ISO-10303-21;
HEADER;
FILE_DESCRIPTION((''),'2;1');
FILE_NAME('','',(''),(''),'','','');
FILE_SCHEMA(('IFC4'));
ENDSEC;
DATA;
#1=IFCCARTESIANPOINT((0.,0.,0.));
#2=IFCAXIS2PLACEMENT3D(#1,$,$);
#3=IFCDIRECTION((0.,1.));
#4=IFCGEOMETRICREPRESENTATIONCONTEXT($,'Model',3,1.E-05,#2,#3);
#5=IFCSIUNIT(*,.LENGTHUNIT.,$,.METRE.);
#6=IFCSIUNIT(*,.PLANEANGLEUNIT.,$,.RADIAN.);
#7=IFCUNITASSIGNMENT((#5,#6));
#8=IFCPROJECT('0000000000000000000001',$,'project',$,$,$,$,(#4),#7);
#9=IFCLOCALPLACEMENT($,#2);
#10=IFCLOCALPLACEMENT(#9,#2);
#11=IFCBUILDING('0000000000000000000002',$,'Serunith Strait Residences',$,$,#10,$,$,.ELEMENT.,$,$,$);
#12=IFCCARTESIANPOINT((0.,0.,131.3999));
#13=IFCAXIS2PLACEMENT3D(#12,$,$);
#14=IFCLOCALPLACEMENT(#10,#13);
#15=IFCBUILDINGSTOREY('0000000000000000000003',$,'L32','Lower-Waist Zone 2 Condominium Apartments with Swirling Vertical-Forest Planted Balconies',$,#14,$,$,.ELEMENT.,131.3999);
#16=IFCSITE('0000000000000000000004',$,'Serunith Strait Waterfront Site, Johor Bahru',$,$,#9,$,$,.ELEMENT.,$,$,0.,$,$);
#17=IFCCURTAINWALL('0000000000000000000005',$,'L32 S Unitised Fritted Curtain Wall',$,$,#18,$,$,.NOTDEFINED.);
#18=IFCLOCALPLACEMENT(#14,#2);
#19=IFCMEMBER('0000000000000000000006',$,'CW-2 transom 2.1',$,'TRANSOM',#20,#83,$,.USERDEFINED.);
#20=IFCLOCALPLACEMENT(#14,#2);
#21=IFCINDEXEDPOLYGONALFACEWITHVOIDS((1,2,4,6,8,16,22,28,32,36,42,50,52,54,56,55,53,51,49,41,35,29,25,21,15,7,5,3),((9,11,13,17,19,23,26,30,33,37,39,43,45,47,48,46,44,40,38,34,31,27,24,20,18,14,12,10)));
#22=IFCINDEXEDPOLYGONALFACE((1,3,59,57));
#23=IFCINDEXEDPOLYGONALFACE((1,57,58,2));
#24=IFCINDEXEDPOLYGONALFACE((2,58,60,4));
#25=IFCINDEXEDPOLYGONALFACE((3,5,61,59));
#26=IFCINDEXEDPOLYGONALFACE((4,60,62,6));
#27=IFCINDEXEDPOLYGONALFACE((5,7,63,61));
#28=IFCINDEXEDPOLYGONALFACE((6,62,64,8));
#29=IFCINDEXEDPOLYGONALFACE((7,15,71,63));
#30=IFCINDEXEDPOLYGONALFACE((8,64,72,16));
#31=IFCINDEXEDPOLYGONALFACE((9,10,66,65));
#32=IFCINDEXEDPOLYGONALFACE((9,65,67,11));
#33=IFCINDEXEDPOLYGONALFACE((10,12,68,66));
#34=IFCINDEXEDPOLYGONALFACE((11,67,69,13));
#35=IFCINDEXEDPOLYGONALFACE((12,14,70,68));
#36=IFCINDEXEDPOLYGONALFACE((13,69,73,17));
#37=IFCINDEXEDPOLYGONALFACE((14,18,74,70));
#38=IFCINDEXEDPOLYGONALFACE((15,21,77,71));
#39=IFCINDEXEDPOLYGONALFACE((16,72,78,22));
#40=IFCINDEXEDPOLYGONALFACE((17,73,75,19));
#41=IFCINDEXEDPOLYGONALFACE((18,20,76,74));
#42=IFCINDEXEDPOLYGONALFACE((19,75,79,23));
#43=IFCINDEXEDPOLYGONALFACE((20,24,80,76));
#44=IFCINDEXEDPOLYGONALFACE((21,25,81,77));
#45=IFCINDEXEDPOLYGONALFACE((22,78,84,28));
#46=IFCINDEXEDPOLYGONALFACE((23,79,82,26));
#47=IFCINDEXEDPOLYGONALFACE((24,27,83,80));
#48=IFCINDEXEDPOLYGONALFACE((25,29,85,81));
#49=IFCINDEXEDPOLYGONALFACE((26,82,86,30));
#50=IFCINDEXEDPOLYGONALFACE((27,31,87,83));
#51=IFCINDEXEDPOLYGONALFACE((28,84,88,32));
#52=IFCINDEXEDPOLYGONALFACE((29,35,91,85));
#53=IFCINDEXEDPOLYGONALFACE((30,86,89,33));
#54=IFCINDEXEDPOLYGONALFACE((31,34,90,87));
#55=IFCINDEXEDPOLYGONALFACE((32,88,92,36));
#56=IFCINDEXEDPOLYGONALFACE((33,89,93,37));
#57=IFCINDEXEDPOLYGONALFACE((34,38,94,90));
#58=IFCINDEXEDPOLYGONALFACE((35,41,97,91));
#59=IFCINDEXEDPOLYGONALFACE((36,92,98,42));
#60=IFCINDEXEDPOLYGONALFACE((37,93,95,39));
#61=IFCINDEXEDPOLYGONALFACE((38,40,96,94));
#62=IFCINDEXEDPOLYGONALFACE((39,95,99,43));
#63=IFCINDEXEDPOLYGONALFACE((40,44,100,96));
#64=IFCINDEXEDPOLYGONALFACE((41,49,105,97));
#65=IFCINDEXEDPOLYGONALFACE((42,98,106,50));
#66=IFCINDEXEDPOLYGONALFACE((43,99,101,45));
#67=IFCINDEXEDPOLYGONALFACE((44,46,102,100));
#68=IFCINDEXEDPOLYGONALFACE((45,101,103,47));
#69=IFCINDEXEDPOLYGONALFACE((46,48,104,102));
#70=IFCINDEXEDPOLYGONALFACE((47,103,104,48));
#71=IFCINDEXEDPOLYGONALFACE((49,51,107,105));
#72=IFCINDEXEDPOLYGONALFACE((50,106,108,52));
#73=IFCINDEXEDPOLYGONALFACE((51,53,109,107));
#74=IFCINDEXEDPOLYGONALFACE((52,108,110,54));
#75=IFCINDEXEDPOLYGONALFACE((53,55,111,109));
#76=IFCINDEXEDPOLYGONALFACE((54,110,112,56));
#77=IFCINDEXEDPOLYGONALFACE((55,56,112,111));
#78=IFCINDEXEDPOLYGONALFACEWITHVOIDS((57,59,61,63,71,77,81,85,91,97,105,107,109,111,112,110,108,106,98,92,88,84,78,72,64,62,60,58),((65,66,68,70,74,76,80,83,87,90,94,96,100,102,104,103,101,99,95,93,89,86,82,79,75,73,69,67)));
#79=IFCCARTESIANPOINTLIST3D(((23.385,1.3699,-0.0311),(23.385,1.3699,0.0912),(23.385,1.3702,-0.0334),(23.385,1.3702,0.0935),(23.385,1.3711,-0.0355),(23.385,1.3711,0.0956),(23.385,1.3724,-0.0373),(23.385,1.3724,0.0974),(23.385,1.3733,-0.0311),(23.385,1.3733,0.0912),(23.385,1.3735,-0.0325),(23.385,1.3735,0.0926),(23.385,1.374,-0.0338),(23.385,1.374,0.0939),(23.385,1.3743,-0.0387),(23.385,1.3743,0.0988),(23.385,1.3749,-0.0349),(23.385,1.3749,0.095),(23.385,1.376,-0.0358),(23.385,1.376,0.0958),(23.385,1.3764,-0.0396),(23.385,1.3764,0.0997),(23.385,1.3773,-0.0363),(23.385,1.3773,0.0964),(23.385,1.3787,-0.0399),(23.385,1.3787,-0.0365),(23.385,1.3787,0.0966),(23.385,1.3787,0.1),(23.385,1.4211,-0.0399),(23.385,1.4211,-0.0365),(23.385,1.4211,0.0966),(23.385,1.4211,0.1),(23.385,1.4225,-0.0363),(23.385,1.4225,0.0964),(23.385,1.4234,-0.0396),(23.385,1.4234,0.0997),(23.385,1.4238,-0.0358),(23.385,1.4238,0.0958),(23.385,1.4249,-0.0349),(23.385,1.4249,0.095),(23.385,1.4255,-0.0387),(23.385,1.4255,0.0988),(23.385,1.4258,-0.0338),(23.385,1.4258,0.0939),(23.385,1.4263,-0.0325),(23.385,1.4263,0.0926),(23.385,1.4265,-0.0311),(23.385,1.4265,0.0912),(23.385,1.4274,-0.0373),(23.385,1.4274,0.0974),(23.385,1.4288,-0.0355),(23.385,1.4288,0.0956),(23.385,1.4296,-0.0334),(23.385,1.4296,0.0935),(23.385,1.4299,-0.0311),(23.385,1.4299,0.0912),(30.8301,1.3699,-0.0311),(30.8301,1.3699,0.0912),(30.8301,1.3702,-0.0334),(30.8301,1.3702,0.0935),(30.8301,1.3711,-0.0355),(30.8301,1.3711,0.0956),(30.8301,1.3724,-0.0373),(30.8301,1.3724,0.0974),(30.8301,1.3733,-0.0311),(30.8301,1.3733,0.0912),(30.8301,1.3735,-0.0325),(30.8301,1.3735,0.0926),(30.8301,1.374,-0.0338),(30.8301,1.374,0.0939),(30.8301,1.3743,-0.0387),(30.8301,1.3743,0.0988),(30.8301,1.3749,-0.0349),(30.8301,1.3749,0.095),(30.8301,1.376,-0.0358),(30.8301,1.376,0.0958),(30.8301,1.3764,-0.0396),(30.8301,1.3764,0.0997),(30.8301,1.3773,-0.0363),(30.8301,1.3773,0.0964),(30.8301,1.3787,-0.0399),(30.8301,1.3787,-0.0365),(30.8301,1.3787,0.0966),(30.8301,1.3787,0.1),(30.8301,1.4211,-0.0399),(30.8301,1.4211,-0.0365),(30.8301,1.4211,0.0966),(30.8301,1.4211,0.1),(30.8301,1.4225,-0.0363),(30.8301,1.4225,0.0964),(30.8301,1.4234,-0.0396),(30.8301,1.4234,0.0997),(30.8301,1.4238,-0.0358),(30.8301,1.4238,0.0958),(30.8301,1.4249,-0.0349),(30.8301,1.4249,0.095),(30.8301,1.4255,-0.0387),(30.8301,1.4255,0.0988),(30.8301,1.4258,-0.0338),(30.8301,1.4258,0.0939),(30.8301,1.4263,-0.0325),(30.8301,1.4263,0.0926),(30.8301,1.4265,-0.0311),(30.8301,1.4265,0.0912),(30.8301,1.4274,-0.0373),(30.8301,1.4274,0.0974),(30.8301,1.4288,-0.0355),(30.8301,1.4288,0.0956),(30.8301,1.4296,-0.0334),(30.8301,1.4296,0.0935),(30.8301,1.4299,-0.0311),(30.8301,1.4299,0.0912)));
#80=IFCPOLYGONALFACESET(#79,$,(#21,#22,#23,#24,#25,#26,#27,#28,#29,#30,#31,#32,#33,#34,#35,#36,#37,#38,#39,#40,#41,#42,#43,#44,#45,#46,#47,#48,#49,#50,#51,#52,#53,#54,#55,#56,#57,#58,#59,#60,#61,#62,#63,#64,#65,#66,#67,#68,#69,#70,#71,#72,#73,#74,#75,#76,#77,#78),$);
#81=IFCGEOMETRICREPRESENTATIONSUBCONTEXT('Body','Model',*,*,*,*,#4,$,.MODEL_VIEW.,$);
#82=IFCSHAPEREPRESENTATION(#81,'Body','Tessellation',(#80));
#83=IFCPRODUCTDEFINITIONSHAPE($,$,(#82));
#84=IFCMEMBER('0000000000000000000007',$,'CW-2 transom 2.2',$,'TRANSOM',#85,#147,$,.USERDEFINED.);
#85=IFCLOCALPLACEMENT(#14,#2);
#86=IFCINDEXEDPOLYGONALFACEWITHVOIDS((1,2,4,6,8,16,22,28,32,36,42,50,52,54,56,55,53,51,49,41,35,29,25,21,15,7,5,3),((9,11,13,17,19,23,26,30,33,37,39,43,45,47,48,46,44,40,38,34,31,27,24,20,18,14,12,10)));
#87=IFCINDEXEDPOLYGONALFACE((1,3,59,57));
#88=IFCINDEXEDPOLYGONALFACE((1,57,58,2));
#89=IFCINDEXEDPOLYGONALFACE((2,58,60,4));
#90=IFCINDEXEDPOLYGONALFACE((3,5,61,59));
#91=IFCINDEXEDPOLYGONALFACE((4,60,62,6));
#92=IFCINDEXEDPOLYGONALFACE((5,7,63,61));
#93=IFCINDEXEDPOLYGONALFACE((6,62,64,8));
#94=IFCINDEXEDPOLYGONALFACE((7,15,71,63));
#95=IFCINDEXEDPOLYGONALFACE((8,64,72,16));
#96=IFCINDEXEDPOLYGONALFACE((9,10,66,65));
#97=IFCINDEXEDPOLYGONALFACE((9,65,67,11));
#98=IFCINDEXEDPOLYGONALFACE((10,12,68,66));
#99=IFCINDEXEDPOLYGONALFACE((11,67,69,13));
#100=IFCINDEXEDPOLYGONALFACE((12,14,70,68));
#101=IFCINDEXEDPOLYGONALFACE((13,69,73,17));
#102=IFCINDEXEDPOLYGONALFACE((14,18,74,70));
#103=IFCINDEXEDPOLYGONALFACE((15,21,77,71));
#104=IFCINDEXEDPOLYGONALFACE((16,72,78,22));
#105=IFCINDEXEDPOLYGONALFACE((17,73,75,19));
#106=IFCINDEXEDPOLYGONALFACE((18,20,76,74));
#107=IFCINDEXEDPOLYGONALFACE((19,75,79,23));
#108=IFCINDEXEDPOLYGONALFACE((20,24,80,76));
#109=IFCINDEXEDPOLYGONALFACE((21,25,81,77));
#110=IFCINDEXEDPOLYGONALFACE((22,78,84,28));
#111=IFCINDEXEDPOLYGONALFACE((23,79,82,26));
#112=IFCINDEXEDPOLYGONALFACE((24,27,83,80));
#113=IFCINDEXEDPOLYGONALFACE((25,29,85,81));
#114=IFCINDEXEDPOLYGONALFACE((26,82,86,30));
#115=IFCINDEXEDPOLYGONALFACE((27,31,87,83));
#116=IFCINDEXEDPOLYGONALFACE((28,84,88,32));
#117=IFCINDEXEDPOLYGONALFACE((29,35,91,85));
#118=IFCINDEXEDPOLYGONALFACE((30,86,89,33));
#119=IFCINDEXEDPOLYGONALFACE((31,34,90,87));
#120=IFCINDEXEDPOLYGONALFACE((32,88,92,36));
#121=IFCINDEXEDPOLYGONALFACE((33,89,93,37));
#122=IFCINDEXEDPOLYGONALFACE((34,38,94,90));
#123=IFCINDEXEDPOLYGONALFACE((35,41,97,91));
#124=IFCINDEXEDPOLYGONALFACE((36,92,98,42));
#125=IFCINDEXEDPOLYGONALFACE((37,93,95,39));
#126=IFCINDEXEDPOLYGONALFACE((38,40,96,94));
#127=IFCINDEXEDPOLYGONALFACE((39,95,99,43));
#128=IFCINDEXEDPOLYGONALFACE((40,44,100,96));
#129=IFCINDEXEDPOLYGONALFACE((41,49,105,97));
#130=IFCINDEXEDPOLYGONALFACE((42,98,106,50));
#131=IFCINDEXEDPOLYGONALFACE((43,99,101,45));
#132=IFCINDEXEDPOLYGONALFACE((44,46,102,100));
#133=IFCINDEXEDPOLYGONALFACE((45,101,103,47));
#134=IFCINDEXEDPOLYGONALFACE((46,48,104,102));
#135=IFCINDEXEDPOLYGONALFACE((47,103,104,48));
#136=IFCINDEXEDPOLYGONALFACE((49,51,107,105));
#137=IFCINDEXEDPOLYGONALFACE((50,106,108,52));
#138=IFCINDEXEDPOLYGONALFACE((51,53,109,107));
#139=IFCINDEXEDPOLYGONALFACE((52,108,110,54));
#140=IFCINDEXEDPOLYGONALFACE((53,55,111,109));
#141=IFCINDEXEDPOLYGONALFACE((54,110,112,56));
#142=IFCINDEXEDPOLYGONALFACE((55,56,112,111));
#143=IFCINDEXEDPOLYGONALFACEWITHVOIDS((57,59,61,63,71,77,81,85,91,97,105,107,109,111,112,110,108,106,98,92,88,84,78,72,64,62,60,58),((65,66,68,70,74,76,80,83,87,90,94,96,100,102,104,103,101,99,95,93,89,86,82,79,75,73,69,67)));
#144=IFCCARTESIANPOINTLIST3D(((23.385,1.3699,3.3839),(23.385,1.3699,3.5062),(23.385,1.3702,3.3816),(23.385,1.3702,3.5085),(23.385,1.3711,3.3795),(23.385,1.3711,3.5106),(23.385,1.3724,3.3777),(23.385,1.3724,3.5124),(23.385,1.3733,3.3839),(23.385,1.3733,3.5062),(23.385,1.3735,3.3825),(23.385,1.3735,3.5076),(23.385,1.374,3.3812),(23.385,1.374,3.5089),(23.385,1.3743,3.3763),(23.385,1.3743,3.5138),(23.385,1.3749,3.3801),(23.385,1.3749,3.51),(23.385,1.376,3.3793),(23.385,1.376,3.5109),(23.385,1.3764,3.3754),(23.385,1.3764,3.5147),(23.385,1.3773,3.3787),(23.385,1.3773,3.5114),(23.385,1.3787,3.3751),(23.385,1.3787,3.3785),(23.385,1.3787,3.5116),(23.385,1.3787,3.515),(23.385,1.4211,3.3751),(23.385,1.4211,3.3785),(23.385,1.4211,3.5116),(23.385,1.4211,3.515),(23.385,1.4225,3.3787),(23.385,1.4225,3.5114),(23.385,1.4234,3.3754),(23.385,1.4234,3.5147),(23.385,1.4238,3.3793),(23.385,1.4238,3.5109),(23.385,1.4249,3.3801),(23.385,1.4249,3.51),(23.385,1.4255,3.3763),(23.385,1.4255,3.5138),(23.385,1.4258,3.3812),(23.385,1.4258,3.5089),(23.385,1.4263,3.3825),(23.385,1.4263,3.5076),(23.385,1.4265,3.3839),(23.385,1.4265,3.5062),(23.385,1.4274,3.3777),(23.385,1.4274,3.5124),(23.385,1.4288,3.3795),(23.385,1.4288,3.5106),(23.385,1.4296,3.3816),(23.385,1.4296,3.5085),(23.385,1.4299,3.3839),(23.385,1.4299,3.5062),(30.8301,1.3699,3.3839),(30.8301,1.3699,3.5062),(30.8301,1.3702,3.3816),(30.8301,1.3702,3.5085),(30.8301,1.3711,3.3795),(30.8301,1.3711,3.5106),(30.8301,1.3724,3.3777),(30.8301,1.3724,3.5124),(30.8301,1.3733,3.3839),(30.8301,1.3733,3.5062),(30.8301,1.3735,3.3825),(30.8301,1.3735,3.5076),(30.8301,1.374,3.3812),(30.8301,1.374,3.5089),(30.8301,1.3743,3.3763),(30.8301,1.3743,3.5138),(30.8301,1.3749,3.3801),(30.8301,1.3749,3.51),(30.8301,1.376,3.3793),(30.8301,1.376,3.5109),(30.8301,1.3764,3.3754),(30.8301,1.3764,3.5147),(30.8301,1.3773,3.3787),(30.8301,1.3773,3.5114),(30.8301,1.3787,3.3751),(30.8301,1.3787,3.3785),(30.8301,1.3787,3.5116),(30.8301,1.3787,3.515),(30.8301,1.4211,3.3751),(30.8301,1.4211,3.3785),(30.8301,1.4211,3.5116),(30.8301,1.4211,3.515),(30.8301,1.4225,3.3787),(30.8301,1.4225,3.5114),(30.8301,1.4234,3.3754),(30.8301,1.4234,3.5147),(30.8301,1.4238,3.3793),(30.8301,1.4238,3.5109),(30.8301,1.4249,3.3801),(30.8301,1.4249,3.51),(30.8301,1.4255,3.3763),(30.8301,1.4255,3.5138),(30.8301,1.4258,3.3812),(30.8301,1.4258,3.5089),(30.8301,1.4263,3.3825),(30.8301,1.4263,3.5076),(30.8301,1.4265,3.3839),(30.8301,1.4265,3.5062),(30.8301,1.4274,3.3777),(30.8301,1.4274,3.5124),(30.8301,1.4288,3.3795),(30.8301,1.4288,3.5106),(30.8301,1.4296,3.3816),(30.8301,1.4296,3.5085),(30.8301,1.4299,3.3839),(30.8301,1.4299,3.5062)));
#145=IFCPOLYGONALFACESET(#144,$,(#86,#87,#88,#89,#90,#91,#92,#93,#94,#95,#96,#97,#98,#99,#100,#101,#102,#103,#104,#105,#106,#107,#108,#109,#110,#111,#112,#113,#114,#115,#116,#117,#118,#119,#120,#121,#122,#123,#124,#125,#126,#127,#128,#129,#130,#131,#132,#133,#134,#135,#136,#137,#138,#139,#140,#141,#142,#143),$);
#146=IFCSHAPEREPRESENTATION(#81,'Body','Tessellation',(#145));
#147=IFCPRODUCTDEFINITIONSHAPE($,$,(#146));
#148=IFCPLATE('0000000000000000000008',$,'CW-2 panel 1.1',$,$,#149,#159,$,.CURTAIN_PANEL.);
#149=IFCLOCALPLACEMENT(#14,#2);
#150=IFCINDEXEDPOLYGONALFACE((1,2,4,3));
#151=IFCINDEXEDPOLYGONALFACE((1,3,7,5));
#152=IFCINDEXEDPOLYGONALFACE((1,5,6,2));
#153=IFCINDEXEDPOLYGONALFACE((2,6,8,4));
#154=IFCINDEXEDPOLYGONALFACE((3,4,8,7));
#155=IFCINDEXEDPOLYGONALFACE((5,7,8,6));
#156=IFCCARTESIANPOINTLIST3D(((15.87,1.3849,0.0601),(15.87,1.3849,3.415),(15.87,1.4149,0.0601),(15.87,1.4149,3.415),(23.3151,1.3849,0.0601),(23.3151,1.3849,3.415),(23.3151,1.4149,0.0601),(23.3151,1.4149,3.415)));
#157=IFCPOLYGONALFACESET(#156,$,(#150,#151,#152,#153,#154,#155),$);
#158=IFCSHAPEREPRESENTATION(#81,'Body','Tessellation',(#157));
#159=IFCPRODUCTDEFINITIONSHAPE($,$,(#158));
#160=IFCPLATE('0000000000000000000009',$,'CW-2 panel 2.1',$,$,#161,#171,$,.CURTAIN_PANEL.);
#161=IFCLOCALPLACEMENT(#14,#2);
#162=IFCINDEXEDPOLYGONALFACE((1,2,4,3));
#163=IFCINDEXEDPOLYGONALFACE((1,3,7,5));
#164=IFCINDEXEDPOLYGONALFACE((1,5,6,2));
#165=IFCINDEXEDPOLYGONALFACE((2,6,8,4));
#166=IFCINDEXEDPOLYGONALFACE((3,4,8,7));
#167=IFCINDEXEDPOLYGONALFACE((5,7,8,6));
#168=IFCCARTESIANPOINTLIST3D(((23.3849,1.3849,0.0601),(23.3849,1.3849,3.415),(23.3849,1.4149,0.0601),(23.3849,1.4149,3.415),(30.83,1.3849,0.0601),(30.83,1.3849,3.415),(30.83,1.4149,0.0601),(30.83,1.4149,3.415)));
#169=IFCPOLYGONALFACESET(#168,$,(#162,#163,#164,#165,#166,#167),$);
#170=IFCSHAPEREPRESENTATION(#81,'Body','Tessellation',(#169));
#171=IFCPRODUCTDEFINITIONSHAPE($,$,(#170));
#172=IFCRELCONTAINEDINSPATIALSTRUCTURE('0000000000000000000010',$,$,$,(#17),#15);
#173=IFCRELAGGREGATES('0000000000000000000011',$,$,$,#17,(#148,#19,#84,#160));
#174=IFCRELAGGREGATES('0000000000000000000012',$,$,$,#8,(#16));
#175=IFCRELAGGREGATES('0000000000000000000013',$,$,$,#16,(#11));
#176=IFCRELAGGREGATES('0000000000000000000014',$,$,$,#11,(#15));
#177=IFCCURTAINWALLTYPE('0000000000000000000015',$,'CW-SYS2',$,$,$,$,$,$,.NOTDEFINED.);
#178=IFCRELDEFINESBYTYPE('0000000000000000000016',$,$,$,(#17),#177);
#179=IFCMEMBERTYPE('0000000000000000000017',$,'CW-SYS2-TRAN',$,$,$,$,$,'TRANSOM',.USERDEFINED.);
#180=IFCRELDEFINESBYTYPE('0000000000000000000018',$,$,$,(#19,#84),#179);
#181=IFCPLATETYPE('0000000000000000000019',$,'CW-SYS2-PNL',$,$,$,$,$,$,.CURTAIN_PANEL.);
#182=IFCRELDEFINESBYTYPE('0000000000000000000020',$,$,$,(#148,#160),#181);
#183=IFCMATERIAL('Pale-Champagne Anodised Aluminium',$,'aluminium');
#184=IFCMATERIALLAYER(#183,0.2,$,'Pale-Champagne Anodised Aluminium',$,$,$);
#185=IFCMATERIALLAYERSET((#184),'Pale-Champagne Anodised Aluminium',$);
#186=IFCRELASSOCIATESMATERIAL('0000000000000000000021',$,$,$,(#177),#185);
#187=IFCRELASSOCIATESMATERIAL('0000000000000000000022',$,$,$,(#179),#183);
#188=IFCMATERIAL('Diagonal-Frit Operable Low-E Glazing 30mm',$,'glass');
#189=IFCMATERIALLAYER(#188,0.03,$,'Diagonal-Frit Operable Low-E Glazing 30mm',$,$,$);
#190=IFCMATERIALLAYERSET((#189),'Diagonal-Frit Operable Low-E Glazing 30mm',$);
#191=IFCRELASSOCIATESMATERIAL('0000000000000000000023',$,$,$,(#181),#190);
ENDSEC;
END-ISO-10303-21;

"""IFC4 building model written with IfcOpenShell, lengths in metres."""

from ifc_helpers import new_model, si_unit, direction, frame, origin, origin_2d, place, context, subcontext, project, spatial, rectangle, hollow_rectangle, extrude, source, transform, mapped, material, layer, layer_set, material_profile, profile_set, type_object, element, aggregate, save


model = new_model("IFC4")

# Units and contexts
model_context = context("Model", 3, precision=1e-05, world=origin(), true_north=direction((0.0, 1.0)))
body_context = subcontext(model_context, "Body", "Model", "MODEL_VIEW")
ifc_project = project(units=[si_unit("LENGTHUNIT", "METRE"), si_unit("PLANEANGLEUNIT", "RADIAN")], contexts=[model_context])

# Site, building, storey
site_placement = place(None, origin())
site = spatial("IfcSite", under=ifc_project, at=site_placement, Name="Serunith Strait Waterfront Site, Johor Bahru", CompositionType="ELEMENT", RefElevation=0.0)
building_placement = place(site_placement, origin())
building = spatial("IfcBuilding", under=site, at=building_placement, Name="Serunith Strait Residences", CompositionType="ELEMENT")
storey_placement = place(building_placement, frame((0.0, 0.0, 131.3999)))
storey = spatial("IfcBuildingStorey", under=building, at=storey_placement, Name="L32", Description="Lower-Waist Zone 2 Condominium Apartments with Swirling Vertical-Forest Planted Balconies", CompositionType="ELEMENT", Elevation=131.3999)

# Curtain wall, members, plates
ifc_material_1 = material(Name="Pale-Champagne Anodised Aluminium", Category="aluminium")
ifc_layer_1 = layer(ifc_material_1, 0.2, Name="Pale-Champagne Anodised Aluminium")
ifc_layer_set_1 = layer_set([ifc_layer_1], Name="Pale-Champagne Anodised Aluminium")
curtain_wall_type = type_object("IfcCurtainWallType", Name="CW-SYS2", PredefinedType="NOTDEFINED", material=ifc_layer_set_1)
curtain_wall_placement = place(storey_placement, origin())
curtain_wall = element("IfcCurtainWall", 1, at=curtain_wall_placement, inside=storey, type_object=curtain_wall_type, Name="L32 S Unitised Fritted Curtain Wall", PredefinedType="NOTDEFINED")
ifc_material_profile_1 = material_profile(ifc_material_1, hollow_rectangle(XDim=0.0601, YDim=0.1399, WallThickness=0.0034, InnerFilletRadius=0.0054, OuterFilletRadius=0.0088, at=origin_2d()), Name="ALU 140x60x3.5")
ifc_profile_set_1 = profile_set([ifc_material_profile_1], Name="Pale-Champagne Anodised Aluminium")
member_type_1 = type_object("IfcMemberType", Name="CW-SYS2-TRAN", ElementType="TRANSOM", PredefinedType="USERDEFINED", material=ifc_profile_set_1)
shared_shape_1 = source(origin(), body_context, "Body", "SweptSolid", [
    extrude(hollow_rectangle(XDim=0.0601, YDim=0.1399, WallThickness=0.0034, InnerFilletRadius=0.0054, OuterFilletRadius=0.0088, at=origin_2d()), origin(), (0.0, 0.0, 1.0), 7.4451),
])
member_1_placement = place(storey_placement, frame((23.385, 1.3999, 0.03), z_axis=(1.0, 0.0, 0.0), x_axis=(0.0, 1.0, 0.0)))
member_1 = element("IfcMember", 2, at=member_1_placement, type_object=member_type_1, Name="CW-2 transom 2.1", ObjectType="TRANSOM", PredefinedType="USERDEFINED", context=body_context, shape_type="MappedRepresentation", body=[
    mapped(shared_shape_1, transform((0.0, 0.0, 0.0), scale=1.0)),
])
member_2_placement = place(storey_placement, frame((23.385, 1.3999, 3.4451), z_axis=(1.0, 0.0, 0.0), x_axis=(0.0, 1.0, 0.0)))
member_2 = element("IfcMember", 3, at=member_2_placement, type_object=member_type_1, Name="CW-2 transom 2.2", ObjectType="TRANSOM", PredefinedType="USERDEFINED", context=body_context, shape_type="MappedRepresentation", body=[
    mapped(shared_shape_1, transform((0.0, 0.0, 0.0), scale=1.0)),
])
ifc_material_2 = material(Name="Diagonal-Frit Operable Low-E Glazing 30mm", Category="glass")
ifc_layer_2 = layer(ifc_material_2, 0.03, Name="Diagonal-Frit Operable Low-E Glazing 30mm")
ifc_layer_set_2 = layer_set([ifc_layer_2], Name="Diagonal-Frit Operable Low-E Glazing 30mm")
plate_type = type_object("IfcPlateType", Name="CW-SYS2-PNL", PredefinedType="CURTAIN_PANEL", material=ifc_layer_set_2)
shared_shape_2 = source(origin(), body_context, "Body", "SweptSolid", [
    extrude(rectangle(XDim=7.4451, YDim=0.03, at=origin_2d()), origin(), (0.0, 0.0, 1.0), 3.355),
])
plate_1_placement = place(storey_placement, frame((19.5925, 1.3999, 0.0601), z_axis=(0.0, 0.0, 1.0), x_axis=(1.0, 0.0, 0.0)))
plate_1 = element("IfcPlate", 4, at=plate_1_placement, type_object=plate_type, Name="CW-2 panel 1.1", PredefinedType="CURTAIN_PANEL", context=body_context, shape_type="MappedRepresentation", body=[
    mapped(shared_shape_2, transform((0.0, 0.0, 0.0), scale=1.0)),
])
plate_2_placement = place(storey_placement, frame((27.1074, 1.3999, 0.0601), z_axis=(0.0, 0.0, 1.0), x_axis=(1.0, 0.0, 0.0)))
plate_2 = element("IfcPlate", 5, at=plate_2_placement, type_object=plate_type, Name="CW-2 panel 2.1", PredefinedType="CURTAIN_PANEL", context=body_context, shape_type="MappedRepresentation", body=[
    mapped(shared_shape_2, transform((0.0, 0.0, 0.0), scale=1.0)),
])
aggregate(curtain_wall, [plate_1, member_1, member_2, plate_2])

save(model, "model.ifc")
